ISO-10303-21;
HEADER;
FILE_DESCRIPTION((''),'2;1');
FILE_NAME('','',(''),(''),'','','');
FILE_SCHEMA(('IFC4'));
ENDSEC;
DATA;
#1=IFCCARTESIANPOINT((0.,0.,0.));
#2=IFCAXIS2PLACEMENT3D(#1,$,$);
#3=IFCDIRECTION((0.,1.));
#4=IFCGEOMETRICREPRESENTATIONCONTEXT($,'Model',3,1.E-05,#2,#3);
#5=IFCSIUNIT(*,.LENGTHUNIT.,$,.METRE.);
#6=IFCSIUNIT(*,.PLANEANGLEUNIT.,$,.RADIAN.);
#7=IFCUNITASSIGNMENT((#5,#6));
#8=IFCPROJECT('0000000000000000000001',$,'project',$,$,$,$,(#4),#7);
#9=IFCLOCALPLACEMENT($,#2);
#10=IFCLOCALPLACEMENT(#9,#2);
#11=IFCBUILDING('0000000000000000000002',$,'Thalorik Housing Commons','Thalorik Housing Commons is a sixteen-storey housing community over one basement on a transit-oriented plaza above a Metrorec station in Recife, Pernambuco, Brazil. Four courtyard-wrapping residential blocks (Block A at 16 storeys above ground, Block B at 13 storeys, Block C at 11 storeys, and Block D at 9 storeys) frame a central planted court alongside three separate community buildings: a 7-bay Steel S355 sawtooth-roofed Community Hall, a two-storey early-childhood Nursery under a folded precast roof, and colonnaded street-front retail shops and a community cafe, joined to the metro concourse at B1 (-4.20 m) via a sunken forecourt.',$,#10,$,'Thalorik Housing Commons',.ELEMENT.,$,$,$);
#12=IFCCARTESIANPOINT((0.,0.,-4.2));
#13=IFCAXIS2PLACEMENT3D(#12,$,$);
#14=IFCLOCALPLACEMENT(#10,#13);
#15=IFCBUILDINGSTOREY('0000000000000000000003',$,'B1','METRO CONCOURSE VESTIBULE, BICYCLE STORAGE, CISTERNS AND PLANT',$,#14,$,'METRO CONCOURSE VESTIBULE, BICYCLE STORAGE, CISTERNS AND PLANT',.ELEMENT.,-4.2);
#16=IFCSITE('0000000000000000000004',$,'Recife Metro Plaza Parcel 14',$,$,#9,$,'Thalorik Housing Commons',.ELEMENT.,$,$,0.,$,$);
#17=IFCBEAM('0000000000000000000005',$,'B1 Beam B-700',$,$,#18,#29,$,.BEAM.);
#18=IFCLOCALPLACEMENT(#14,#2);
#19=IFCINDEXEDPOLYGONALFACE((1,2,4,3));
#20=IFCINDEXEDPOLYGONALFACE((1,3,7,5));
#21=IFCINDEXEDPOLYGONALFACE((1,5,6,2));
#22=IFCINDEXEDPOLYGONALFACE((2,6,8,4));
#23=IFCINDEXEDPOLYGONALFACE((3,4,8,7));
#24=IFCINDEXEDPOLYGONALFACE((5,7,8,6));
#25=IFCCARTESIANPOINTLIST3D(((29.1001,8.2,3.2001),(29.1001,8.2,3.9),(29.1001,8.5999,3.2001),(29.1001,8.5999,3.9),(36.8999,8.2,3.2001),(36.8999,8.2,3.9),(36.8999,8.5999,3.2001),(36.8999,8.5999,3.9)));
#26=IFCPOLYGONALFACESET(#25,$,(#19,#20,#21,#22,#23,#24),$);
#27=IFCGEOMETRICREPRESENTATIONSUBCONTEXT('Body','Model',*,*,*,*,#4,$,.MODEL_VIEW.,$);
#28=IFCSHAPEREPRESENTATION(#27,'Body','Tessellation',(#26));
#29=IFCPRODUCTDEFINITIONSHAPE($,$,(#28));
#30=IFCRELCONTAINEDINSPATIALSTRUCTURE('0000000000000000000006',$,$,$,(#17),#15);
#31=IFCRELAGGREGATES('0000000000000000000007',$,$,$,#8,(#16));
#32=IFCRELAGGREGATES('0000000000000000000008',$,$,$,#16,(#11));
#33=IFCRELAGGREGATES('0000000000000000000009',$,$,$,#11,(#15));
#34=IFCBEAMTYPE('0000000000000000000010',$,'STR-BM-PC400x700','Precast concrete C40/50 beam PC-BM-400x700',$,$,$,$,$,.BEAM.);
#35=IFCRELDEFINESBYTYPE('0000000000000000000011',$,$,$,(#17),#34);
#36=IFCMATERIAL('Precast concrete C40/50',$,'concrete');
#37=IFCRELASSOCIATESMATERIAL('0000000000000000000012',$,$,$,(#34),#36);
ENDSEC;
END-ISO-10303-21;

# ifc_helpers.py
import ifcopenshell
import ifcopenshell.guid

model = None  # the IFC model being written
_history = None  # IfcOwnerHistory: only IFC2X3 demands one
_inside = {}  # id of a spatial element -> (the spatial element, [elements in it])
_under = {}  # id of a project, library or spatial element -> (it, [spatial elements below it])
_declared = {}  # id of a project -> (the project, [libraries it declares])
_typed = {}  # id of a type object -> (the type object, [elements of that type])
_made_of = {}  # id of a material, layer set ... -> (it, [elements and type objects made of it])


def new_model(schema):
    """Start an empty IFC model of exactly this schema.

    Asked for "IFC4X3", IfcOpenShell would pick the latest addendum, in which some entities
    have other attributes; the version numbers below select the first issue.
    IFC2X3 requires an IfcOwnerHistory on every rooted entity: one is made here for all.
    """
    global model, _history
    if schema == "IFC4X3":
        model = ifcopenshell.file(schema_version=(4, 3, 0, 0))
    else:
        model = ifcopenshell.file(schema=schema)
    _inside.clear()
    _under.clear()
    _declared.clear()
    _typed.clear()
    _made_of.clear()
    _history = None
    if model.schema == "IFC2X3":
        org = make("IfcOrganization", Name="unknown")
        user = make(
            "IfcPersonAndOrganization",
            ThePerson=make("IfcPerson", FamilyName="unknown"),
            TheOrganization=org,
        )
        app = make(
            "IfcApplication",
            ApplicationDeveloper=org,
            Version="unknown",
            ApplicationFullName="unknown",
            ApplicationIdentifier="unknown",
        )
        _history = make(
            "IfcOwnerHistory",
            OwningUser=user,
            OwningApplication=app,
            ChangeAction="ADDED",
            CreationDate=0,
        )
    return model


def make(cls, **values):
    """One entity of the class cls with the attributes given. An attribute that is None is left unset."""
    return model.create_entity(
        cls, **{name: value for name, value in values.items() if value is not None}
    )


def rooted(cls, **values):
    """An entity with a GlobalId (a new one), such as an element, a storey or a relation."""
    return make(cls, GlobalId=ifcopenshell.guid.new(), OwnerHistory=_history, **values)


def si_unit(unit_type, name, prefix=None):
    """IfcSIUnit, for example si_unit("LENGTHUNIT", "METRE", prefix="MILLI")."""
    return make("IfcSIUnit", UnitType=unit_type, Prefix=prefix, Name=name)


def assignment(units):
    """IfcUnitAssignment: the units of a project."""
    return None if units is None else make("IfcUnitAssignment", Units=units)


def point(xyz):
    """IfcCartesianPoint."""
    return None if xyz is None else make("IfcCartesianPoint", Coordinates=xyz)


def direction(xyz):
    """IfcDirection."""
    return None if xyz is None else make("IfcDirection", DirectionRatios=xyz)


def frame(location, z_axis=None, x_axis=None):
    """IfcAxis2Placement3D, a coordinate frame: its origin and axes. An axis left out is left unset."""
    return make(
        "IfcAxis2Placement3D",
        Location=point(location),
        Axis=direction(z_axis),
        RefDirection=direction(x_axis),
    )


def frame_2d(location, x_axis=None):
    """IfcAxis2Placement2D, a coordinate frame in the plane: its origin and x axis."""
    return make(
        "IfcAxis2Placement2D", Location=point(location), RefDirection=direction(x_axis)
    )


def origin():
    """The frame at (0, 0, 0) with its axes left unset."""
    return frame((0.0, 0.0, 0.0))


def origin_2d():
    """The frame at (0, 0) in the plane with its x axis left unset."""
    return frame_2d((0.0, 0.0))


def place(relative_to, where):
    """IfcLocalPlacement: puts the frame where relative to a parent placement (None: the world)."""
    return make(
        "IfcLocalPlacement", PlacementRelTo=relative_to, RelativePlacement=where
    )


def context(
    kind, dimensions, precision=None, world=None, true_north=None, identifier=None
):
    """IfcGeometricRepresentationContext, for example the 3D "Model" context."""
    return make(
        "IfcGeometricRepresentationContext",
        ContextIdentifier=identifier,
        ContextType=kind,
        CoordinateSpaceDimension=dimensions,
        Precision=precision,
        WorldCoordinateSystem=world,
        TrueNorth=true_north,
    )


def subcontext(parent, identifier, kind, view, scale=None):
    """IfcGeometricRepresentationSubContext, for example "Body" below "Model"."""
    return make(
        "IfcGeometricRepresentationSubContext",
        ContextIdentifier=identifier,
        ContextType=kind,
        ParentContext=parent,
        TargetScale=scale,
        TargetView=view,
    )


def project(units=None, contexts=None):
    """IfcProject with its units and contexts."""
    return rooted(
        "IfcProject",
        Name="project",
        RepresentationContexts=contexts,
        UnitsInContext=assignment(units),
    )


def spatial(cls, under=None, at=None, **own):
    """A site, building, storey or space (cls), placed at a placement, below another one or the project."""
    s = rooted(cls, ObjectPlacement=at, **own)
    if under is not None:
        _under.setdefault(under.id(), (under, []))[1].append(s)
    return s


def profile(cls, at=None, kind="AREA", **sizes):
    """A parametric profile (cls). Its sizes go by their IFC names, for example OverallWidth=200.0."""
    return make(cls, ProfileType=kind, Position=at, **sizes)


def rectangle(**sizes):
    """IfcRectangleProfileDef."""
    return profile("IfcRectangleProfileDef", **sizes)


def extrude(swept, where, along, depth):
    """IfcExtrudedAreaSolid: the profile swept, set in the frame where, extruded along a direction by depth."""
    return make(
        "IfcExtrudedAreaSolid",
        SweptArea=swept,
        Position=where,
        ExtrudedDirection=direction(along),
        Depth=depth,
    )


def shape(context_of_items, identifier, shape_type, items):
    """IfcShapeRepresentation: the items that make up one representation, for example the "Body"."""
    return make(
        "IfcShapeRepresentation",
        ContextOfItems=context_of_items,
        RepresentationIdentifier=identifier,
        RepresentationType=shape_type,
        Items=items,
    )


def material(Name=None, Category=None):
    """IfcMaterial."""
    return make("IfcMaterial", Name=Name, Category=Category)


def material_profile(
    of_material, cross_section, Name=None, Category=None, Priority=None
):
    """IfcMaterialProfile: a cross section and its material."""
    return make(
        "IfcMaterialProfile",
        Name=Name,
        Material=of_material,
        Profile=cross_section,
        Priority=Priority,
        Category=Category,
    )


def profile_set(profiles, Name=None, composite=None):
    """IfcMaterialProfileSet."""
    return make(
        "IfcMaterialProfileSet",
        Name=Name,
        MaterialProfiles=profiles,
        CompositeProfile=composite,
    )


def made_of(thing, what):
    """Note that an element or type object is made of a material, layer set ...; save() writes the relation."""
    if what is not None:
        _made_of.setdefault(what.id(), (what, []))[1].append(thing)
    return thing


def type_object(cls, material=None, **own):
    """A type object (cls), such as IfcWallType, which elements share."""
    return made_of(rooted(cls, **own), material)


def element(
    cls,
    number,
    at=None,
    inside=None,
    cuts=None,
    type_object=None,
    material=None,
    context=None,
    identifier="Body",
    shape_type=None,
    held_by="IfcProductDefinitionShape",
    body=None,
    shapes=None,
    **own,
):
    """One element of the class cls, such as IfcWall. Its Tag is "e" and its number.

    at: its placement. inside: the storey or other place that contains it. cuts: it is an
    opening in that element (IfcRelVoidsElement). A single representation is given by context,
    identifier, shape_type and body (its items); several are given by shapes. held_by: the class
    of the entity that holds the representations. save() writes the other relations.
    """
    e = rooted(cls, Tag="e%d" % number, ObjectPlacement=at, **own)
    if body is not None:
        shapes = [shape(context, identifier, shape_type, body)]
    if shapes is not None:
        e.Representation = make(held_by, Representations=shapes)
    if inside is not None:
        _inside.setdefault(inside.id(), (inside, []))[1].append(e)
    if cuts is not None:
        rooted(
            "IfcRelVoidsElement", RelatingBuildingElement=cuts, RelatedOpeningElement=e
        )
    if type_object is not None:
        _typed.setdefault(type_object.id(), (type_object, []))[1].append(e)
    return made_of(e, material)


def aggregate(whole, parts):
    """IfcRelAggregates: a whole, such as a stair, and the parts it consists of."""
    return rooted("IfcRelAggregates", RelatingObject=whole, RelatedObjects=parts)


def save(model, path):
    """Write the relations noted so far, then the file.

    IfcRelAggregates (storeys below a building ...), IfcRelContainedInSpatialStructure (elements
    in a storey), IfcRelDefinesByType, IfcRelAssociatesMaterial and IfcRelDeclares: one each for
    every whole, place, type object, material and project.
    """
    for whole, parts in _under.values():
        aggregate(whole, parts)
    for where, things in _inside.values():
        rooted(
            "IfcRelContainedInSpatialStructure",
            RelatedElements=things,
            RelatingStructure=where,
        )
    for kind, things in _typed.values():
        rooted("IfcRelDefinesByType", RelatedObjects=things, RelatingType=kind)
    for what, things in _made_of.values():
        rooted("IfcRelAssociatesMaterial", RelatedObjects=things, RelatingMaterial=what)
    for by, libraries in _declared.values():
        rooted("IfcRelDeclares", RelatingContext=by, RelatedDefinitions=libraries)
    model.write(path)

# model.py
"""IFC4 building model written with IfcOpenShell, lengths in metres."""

from ifc_helpers import new_model, si_unit, direction, frame, origin, origin_2d, place, context, subcontext, project, spatial, rectangle, extrude, material, material_profile, profile_set, type_object, element, save


model = new_model("IFC4")

# Units and contexts
model_context = context("Model", 3, precision=1e-05, world=origin(), true_north=direction((0.0, 1.0)))
body_context = subcontext(model_context, "Body", "Model", "MODEL_VIEW")
ifc_project = project(units=[si_unit("LENGTHUNIT", "METRE"), si_unit("PLANEANGLEUNIT", "RADIAN")], contexts=[model_context])

# Site, building, storey
site_placement = place(None, origin())
site = spatial("IfcSite", under=ifc_project, at=site_placement, Name="Recife Metro Plaza Parcel 14", LongName="Thalorik Housing Commons", CompositionType="ELEMENT", RefElevation=0.0)
building_placement = place(site_placement, origin())
building = spatial("IfcBuilding", under=site, at=building_placement, Name="Thalorik Housing Commons", Description="Thalorik Housing Commons is a sixteen-storey housing community over one basement on a transit-oriented plaza above a Metrorec station in Recife, Pernambuco, Brazil. Four courtyard-wrapping residential blocks (Block A at 16 storeys above ground, Block B at 13 storeys, Block C at 11 storeys, and Block D at 9 storeys) frame a central planted court alongside three separate community buildings: a 7-bay Steel S355 sawtooth-roofed Community Hall, a two-storey early-childhood Nursery under a folded precast roof, and colonnaded street-front retail shops and a community cafe, joined to the metro concourse at B1 (-4.20 m) via a sunken forecourt.", LongName="Thalorik Housing Commons", CompositionType="ELEMENT")
storey_placement = place(building_placement, frame((0.0, 0.0, -4.2)))
storey = spatial("IfcBuildingStorey", under=building, at=storey_placement, Name="B1", Description="METRO CONCOURSE VESTIBULE, BICYCLE STORAGE, CISTERNS AND PLANT", LongName="METRO CONCOURSE VESTIBULE, BICYCLE STORAGE, CISTERNS AND PLANT", CompositionType="ELEMENT", Elevation=-4.2)

# Shared definitions
ifc_material_1 = material(Name="Precast concrete C40/50", Category="concrete")

# Beam
ifc_material_profile_1 = material_profile(ifc_material_1, rectangle(XDim=0.3999, YDim=0.7, at=origin_2d()), Name="PC 400x700", Category="concrete")
ifc_profile_set_1 = profile_set([ifc_material_profile_1], Name="Precast concrete C40/50")
beam_type_1 = type_object("IfcBeamType", Name="STR-BM-PC400x700", Description="Precast concrete C40/50 beam PC-BM-400x700", PredefinedType="BEAM", material=ifc_profile_set_1)
beam_1_placement = place(storey_placement, frame((29.1001, 8.3999, 3.55), z_axis=(1.0, 0.0, 0.0), x_axis=(0.0, 1.0, 0.0)))
element("IfcBeam", 1, at=beam_1_placement, inside=storey, type_object=beam_type_1, Name="B1 Beam B-700", PredefinedType="BEAM", context=body_context, shape_type="SweptSolid", body=[
    extrude(rectangle(XDim=0.3999, YDim=0.7, at=origin_2d()), origin(), (0.0, 0.0, 1.0), 7.7998),
])

save(model, "model.ifc")
